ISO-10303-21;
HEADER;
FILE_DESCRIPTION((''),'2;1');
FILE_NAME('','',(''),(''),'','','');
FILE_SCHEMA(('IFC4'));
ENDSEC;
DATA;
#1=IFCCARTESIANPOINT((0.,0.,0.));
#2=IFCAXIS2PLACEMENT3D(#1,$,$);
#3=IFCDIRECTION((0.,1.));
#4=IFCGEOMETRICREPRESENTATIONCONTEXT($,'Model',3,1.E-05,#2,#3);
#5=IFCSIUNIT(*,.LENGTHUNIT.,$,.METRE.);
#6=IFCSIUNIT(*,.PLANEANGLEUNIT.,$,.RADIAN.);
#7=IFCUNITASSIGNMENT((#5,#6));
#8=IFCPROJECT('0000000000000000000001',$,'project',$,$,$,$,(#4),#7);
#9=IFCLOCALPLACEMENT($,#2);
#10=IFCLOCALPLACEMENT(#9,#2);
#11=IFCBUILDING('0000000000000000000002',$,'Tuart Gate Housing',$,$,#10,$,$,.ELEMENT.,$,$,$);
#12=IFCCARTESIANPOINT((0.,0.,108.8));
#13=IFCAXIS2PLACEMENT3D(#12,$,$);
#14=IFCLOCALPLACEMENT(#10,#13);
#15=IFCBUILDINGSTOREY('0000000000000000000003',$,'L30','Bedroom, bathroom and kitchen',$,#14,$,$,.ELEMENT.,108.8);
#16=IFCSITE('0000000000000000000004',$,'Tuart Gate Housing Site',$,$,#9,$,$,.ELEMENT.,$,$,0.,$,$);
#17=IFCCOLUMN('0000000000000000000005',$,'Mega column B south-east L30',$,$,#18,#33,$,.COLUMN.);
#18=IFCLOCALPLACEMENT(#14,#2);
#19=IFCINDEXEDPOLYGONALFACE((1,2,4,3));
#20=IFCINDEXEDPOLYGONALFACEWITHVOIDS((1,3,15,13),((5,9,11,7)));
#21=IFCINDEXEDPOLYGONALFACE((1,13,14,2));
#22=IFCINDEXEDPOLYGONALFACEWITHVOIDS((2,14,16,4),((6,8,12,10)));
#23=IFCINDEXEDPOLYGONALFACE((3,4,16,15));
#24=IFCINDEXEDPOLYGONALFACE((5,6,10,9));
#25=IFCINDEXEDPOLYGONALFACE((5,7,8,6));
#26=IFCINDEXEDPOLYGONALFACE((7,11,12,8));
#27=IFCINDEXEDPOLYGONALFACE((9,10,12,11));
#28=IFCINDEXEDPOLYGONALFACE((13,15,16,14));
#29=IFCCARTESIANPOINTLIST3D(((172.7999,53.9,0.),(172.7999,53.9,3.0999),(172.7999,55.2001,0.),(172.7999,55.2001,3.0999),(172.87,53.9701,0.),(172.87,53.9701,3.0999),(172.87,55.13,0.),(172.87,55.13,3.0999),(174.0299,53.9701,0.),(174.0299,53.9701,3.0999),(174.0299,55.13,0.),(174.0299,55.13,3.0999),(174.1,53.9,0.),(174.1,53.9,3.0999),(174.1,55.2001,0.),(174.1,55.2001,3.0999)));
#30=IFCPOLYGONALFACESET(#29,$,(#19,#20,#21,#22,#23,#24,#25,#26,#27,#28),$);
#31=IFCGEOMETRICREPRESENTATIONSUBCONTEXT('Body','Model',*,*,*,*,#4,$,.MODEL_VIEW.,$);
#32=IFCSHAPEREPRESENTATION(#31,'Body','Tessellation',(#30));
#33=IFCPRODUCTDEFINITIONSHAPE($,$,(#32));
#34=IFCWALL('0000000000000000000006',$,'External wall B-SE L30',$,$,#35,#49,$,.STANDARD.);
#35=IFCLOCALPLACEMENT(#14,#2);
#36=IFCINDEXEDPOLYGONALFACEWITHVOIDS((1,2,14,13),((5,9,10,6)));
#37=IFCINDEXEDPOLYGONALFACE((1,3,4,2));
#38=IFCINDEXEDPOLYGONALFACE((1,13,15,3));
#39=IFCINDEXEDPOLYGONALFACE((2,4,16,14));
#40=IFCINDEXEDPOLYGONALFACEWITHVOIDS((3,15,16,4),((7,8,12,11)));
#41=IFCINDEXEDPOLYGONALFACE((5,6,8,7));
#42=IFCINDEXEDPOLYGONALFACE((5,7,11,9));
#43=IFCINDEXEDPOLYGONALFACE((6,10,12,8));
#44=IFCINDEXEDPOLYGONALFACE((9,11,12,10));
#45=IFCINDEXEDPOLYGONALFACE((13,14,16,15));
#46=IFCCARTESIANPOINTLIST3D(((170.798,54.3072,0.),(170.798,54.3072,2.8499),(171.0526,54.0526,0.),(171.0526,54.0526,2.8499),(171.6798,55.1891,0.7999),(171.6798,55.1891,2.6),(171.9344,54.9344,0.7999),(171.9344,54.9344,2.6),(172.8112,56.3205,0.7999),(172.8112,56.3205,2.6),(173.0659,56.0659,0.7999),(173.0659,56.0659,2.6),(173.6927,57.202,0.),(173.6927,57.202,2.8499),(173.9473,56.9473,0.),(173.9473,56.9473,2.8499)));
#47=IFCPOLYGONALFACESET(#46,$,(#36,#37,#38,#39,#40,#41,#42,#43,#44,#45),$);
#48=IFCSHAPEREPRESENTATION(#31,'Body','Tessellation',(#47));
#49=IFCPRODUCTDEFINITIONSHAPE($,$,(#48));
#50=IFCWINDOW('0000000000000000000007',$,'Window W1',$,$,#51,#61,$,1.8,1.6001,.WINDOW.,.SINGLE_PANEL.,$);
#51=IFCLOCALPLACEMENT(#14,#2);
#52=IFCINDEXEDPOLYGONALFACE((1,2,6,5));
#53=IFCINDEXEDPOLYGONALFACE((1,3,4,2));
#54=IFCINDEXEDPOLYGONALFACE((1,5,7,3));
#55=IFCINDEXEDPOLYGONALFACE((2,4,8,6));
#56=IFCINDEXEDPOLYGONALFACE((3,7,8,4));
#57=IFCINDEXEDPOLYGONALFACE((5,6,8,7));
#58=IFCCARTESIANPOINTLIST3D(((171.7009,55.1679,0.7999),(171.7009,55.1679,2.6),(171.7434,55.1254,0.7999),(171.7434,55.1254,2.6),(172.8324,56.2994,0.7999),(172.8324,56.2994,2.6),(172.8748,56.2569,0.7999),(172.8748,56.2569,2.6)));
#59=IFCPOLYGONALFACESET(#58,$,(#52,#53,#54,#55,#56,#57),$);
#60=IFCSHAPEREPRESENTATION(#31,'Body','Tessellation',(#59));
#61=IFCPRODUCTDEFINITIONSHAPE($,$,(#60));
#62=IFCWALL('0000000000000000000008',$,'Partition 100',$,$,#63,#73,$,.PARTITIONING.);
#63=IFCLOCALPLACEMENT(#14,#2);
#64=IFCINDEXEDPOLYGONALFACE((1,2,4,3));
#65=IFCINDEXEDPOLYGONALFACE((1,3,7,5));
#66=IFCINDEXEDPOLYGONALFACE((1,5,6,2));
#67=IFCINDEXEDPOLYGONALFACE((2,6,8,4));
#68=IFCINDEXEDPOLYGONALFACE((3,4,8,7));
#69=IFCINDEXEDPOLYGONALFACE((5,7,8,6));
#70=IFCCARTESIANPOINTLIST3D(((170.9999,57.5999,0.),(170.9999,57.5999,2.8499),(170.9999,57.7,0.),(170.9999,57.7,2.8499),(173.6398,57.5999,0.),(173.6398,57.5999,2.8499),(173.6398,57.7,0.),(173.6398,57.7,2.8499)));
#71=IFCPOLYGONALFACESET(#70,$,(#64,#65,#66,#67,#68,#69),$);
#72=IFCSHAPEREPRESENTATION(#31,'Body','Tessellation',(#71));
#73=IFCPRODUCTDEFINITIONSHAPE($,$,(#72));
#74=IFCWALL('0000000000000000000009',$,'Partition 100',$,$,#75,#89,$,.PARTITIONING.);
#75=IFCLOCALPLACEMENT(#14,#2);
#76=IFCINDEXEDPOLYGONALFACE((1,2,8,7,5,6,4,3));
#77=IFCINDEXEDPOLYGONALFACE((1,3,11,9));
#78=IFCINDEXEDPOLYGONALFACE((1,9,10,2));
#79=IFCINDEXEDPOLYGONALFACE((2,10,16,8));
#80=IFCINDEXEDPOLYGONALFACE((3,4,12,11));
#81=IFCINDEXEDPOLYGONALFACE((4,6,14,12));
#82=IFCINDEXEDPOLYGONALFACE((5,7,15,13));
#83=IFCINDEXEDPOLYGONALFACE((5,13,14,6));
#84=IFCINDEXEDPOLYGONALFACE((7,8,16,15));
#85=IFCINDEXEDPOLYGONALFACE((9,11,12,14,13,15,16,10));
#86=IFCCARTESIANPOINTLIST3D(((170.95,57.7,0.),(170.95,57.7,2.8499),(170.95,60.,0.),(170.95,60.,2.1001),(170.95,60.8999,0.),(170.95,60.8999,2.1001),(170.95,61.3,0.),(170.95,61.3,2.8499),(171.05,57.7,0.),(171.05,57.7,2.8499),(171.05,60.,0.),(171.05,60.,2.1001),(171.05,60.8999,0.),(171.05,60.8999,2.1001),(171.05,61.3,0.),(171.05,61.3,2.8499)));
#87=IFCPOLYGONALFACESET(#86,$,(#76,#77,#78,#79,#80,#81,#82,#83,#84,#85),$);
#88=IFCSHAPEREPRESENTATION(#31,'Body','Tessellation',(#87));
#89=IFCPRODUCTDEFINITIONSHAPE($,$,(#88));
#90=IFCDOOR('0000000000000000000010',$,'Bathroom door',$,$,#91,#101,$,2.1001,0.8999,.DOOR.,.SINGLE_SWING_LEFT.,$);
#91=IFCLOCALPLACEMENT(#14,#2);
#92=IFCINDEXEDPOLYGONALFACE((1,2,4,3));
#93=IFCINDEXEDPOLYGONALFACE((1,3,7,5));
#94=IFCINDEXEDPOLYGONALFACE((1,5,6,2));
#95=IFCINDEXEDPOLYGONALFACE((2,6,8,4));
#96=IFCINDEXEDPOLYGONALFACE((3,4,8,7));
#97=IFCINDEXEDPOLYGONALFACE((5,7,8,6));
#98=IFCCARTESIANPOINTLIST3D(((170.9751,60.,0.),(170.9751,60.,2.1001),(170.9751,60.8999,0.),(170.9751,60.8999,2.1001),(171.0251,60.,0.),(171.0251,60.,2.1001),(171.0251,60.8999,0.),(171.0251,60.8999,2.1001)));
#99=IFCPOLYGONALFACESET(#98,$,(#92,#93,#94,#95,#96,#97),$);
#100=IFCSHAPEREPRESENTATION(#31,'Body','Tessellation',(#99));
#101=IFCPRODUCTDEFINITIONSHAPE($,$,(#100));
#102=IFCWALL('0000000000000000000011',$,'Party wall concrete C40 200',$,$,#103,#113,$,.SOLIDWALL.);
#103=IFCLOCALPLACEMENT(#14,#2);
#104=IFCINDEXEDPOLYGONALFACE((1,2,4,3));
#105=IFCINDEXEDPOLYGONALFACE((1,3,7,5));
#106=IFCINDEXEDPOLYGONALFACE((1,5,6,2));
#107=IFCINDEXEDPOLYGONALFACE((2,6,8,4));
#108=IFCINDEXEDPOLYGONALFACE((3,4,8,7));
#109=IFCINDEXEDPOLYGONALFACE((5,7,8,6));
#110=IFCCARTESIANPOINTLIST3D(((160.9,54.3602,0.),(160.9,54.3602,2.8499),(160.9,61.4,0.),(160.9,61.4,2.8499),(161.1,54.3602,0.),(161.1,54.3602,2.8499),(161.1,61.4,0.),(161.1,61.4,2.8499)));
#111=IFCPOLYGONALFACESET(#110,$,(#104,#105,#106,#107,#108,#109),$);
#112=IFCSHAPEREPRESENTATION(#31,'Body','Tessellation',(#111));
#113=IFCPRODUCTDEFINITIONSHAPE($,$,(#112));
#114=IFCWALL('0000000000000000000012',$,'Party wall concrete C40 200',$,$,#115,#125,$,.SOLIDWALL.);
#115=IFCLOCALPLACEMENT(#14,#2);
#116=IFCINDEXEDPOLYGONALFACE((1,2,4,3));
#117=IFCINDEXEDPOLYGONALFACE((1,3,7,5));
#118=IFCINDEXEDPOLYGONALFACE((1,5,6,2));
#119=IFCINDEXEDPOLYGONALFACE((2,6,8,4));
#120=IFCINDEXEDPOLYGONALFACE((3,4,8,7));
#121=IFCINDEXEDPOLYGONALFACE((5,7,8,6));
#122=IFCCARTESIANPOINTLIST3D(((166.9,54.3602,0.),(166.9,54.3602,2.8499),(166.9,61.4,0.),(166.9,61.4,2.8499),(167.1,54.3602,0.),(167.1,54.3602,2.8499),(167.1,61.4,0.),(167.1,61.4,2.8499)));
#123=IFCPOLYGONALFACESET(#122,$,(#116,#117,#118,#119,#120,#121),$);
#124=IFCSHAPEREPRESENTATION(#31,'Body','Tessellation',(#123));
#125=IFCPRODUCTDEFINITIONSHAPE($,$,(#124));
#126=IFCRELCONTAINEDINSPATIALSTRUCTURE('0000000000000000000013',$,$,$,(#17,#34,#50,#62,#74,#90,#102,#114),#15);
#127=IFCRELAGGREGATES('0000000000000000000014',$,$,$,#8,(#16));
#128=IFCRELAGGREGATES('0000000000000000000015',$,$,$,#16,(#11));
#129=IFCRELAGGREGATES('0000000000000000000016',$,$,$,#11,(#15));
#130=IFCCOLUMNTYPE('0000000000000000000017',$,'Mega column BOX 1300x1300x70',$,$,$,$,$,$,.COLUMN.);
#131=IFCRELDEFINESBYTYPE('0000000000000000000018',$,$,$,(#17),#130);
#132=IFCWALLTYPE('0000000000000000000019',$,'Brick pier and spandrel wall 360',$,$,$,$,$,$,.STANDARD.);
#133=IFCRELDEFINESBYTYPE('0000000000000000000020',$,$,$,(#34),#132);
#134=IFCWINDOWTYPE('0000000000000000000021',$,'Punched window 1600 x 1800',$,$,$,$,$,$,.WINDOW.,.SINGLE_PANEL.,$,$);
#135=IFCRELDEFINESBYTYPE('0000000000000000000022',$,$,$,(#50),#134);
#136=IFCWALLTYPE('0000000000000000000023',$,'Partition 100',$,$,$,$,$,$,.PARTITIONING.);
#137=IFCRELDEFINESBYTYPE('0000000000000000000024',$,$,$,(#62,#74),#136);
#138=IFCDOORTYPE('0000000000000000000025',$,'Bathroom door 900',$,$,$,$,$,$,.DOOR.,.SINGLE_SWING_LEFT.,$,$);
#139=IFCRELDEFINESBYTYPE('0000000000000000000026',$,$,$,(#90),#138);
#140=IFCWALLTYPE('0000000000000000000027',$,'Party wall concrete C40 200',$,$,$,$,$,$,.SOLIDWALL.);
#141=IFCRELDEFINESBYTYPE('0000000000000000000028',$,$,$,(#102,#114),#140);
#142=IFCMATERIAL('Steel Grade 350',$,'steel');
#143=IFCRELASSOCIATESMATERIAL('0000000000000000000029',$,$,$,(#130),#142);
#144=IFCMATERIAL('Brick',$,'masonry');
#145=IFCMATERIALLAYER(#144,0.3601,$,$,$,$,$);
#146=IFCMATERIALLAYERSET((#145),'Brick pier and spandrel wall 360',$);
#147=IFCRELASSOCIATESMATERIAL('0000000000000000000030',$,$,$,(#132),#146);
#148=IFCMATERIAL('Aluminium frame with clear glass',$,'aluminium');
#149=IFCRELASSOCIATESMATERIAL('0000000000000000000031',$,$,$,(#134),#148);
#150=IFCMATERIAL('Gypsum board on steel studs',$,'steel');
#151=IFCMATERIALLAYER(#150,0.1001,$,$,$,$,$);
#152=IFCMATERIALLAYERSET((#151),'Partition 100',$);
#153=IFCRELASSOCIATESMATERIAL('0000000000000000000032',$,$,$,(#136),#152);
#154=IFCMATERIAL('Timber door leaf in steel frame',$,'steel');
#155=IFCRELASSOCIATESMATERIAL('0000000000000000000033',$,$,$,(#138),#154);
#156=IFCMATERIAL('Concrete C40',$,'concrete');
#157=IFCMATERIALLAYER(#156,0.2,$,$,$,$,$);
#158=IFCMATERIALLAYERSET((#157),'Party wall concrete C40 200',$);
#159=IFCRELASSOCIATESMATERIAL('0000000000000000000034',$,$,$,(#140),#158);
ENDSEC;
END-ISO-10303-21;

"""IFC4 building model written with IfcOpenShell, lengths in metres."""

from ifc_helpers import new_model, si_unit, direction, frame, frame_2d, origin, origin_2d, place, context, subcontext, project, spatial, rectangle, hollow_rectangle, extrude, material, layer, layer_set, material_profile, profile_set, type_object, element, fill, save


model = new_model("IFC4")

# Units and contexts
model_context = context("Model", 3, precision=1e-05, world=origin(), true_north=direction((0.0, 1.0)))
body_context = subcontext(model_context, "Body", "Model", "MODEL_VIEW")
ifc_project = project(units=[si_unit("LENGTHUNIT", "METRE"), si_unit("PLANEANGLEUNIT", "RADIAN")], contexts=[model_context])

# Site, building, storey
site_placement = place(None, origin())
site = spatial("IfcSite", under=ifc_project, at=site_placement, Name="Tuart Gate Housing Site", CompositionType="ELEMENT", RefElevation=0.0)
building_placement = place(site_placement, origin())
building = spatial("IfcBuilding", under=site, at=building_placement, Name="Tuart Gate Housing", CompositionType="ELEMENT")
storey_placement = place(building_placement, frame((0.0, 0.0, 108.8)))
storey = spatial("IfcBuildingStorey", under=building, at=storey_placement, Name="L30", Description="Bedroom, bathroom and kitchen", CompositionType="ELEMENT", Elevation=108.8)

# Column
ifc_material_1 = material(Name="Steel Grade 350", Category="steel")
ifc_material_profile = material_profile(ifc_material_1, hollow_rectangle(XDim=1.3, YDim=1.3, WallThickness=0.0701, at=origin_2d()), Name="BOX 1300x1300x70")
ifc_profile_set = profile_set([ifc_material_profile], Name="Steel Grade 350")
column_type = type_object("IfcColumnType", Name="Mega column BOX 1300x1300x70", PredefinedType="COLUMN", material=ifc_profile_set)
column_placement = place(storey_placement, frame((173.45, 54.55, 0.0), z_axis=(0.0, 0.0, 1.0), x_axis=(1.0, 0.0, 0.0)))
element("IfcColumn", 1, at=column_placement, inside=storey, type_object=column_type, Name="Mega column B south-east L30", PredefinedType="COLUMN", context=body_context, shape_type="SweptSolid", body=[
    extrude(hollow_rectangle(XDim=1.3, YDim=1.3, WallThickness=0.0701, at=origin_2d()), origin(), (0.0, 0.0, 1.0), 3.0999),
])

# Wall, opening, window
ifc_material_2 = material(Name="Brick", Category="masonry")
ifc_layer_1 = layer(ifc_material_2, 0.3601)
ifc_layer_set_1 = layer_set([ifc_layer_1], Name="Brick pier and spandrel wall 360")
wall_type_1 = type_object("IfcWallType", Name="Brick pier and spandrel wall 360", PredefinedType="STANDARD", material=ifc_layer_set_1)
wall_1_placement = place(storey_placement, frame((170.9253, 54.1799, 0.0), z_axis=(0.0, 0.0, 1.0), x_axis=(0.707107, 0.707107, 0.0)))
wall_1 = element("IfcWall", 2, at=wall_1_placement, inside=storey, type_object=wall_type_1, Name="External wall B-SE L30", PredefinedType="STANDARD", context=body_context, shape_type="SweptSolid", body=[
    extrude(rectangle(XDim=4.0938, YDim=0.3601, at=frame_2d((2.0469, 0.0))), origin(), (0.0, 0.0, 1.0), 2.8499),
])
opening_1_placement = place(wall_1_placement, frame((1.2471, 0.0, 0.8)))
opening_1 = element("IfcOpeningElement", 3, at=opening_1_placement, cuts=wall_1, PredefinedType="OPENING", context=body_context, shape_type="SweptSolid", body=[
    extrude(rectangle(XDim=1.6001, YDim=1.8, at=frame_2d((0.8, 0.8999))), frame((0.0, 0.1899, 0.0), z_axis=(0.0, -1.0, 0.0), x_axis=(1.0, 0.0, 0.0)), (0.0, 0.0, 1.0), 0.3801),
])
ifc_material_3 = material(Name="Aluminium frame with clear glass", Category="aluminium")
window_type_1 = type_object("IfcWindowType", Name="Punched window 1600 x 1800", PartitioningType="SINGLE_PANEL", PredefinedType="WINDOW", material=ifc_material_3)
window_1_placement = place(opening_1_placement, origin())
window_1 = element("IfcWindow", 4, at=window_1_placement, inside=storey, type_object=window_type_1, Name="Window W1", OverallHeight=1.8, OverallWidth=1.6001, PartitioningType="SINGLE_PANEL", PredefinedType="WINDOW", context=body_context, shape_type="SweptSolid", body=[
    extrude(rectangle(XDim=1.6001, YDim=1.8, at=frame_2d((0.8, 0.8999))), frame((0.0, 0.1501, 0.0), z_axis=(0.0, -1.0, 0.0), x_axis=(1.0, 0.0, 0.0)), (0.0, 0.0, 1.0), 0.0601),
])
fill(opening_1, window_1)

# Wall
ifc_material_4 = material(Name="Gypsum board on steel studs", Category="steel")
ifc_layer_2 = layer(ifc_material_4, 0.1001)
ifc_layer_set_2 = layer_set([ifc_layer_2], Name="Partition 100")
wall_type_2 = type_object("IfcWallType", Name="Partition 100", PredefinedType="PARTITIONING", material=ifc_layer_set_2)
wall_2_placement = place(storey_placement, frame((171.0, 57.6499, 0.0), z_axis=(0.0, 0.0, 1.0), x_axis=(1.0, 0.0, 0.0)))
element("IfcWall", 5, at=wall_2_placement, inside=storey, type_object=wall_type_2, Name="Partition 100", PredefinedType="PARTITIONING", context=body_context, shape_type="SweptSolid", body=[
    extrude(rectangle(XDim=2.6399, YDim=0.1001, at=frame_2d((1.3198, 0.0))), origin(), (0.0, 0.0, 1.0), 2.8499),
])

# Wall, opening, door
wall_3_placement = place(storey_placement, frame((171.0, 57.7, 0.0), z_axis=(0.0, 0.0, 1.0), x_axis=(0.0, 1.0, 0.0)))
wall_3 = element("IfcWall", 6, at=wall_3_placement, inside=storey, type_object=wall_type_2, Name="Partition 100", PredefinedType="PARTITIONING", context=body_context, shape_type="SweptSolid", body=[
    extrude(rectangle(XDim=3.6001, YDim=0.1001, at=frame_2d((1.8, 0.0))), origin(), (0.0, 0.0, 1.0), 2.8499),
])
opening_2_placement = place(wall_3_placement, frame((2.3, 0.0, 0.0)))
opening_2 = element("IfcOpeningElement", 7, at=opening_2_placement, cuts=wall_3, PredefinedType="OPENING", context=body_context, shape_type="SweptSolid", body=[
    extrude(rectangle(XDim=0.8999, YDim=2.1001, at=frame_2d((0.45, 1.05))), frame((0.0, 0.0601, 0.0), z_axis=(0.0, -1.0, 0.0), x_axis=(1.0, 0.0, 0.0)), (0.0, 0.0, 1.0), 0.1201),
])
ifc_material_5 = material(Name="Timber door leaf in steel frame", Category="steel")
door_type = type_object("IfcDoorType", Name="Bathroom door 900", OperationType="SINGLE_SWING_LEFT", PredefinedType="DOOR", material=ifc_material_5)
door_placement = place(opening_2_placement, frame((0.8999, 0.0, 0.0), z_axis=(0.0, 0.0, 1.0), x_axis=(-1.0, 0.0, 0.0)))
door = element("IfcDoor", 8, at=door_placement, inside=storey, type_object=door_type, Name="Bathroom door", OperationType="SINGLE_SWING_LEFT", OverallHeight=2.1001, OverallWidth=0.8999, PredefinedType="DOOR", context=body_context, shape_type="SweptSolid", body=[
    extrude(rectangle(XDim=0.8999, YDim=2.1001, at=frame_2d((0.45, 1.05))), frame((0.0, 0.0251, 0.0), z_axis=(0.0, -1.0, 0.0), x_axis=(1.0, 0.0, 0.0)), (0.0, 0.0, 1.0), 0.05),
])
fill(opening_2, door)

# Walls
ifc_material_6 = material(Name="Concrete C40", Category="concrete")
ifc_layer_3 = layer(ifc_material_6, 0.2)
ifc_layer_set_3 = layer_set([ifc_layer_3], Name="Party wall concrete C40 200")
wall_type_3 = type_object("IfcWallType", Name="Party wall concrete C40 200", PredefinedType="SOLIDWALL", material=ifc_layer_set_3)
for number, where, z_axis, x_axis, name in (
    (9, (161.0, 54.3601, 0.0), (0.0, 0.0, 1.0), (0.0, 1.0, 0.0), "Party wall concrete C40 200"),
    (10, (167.0, 54.3601, 0.0), (0.0, 0.0, 1.0), (0.0, 1.0, 0.0), "Party wall concrete C40 200"),
):
    element("IfcWall", number, at=place(storey_placement, frame(where, z_axis=z_axis, x_axis=x_axis)), inside=storey, type_object=wall_type_3, Name=name, PredefinedType="SOLIDWALL", context=body_context, shape_type="SweptSolid", body=[
        extrude(rectangle(XDim=7.0398, YDim=0.2, at=frame_2d((3.52, 0.0))), origin(), (0.0, 0.0, 1.0), 2.8499),
    ])

save(model, "model.ifc")
